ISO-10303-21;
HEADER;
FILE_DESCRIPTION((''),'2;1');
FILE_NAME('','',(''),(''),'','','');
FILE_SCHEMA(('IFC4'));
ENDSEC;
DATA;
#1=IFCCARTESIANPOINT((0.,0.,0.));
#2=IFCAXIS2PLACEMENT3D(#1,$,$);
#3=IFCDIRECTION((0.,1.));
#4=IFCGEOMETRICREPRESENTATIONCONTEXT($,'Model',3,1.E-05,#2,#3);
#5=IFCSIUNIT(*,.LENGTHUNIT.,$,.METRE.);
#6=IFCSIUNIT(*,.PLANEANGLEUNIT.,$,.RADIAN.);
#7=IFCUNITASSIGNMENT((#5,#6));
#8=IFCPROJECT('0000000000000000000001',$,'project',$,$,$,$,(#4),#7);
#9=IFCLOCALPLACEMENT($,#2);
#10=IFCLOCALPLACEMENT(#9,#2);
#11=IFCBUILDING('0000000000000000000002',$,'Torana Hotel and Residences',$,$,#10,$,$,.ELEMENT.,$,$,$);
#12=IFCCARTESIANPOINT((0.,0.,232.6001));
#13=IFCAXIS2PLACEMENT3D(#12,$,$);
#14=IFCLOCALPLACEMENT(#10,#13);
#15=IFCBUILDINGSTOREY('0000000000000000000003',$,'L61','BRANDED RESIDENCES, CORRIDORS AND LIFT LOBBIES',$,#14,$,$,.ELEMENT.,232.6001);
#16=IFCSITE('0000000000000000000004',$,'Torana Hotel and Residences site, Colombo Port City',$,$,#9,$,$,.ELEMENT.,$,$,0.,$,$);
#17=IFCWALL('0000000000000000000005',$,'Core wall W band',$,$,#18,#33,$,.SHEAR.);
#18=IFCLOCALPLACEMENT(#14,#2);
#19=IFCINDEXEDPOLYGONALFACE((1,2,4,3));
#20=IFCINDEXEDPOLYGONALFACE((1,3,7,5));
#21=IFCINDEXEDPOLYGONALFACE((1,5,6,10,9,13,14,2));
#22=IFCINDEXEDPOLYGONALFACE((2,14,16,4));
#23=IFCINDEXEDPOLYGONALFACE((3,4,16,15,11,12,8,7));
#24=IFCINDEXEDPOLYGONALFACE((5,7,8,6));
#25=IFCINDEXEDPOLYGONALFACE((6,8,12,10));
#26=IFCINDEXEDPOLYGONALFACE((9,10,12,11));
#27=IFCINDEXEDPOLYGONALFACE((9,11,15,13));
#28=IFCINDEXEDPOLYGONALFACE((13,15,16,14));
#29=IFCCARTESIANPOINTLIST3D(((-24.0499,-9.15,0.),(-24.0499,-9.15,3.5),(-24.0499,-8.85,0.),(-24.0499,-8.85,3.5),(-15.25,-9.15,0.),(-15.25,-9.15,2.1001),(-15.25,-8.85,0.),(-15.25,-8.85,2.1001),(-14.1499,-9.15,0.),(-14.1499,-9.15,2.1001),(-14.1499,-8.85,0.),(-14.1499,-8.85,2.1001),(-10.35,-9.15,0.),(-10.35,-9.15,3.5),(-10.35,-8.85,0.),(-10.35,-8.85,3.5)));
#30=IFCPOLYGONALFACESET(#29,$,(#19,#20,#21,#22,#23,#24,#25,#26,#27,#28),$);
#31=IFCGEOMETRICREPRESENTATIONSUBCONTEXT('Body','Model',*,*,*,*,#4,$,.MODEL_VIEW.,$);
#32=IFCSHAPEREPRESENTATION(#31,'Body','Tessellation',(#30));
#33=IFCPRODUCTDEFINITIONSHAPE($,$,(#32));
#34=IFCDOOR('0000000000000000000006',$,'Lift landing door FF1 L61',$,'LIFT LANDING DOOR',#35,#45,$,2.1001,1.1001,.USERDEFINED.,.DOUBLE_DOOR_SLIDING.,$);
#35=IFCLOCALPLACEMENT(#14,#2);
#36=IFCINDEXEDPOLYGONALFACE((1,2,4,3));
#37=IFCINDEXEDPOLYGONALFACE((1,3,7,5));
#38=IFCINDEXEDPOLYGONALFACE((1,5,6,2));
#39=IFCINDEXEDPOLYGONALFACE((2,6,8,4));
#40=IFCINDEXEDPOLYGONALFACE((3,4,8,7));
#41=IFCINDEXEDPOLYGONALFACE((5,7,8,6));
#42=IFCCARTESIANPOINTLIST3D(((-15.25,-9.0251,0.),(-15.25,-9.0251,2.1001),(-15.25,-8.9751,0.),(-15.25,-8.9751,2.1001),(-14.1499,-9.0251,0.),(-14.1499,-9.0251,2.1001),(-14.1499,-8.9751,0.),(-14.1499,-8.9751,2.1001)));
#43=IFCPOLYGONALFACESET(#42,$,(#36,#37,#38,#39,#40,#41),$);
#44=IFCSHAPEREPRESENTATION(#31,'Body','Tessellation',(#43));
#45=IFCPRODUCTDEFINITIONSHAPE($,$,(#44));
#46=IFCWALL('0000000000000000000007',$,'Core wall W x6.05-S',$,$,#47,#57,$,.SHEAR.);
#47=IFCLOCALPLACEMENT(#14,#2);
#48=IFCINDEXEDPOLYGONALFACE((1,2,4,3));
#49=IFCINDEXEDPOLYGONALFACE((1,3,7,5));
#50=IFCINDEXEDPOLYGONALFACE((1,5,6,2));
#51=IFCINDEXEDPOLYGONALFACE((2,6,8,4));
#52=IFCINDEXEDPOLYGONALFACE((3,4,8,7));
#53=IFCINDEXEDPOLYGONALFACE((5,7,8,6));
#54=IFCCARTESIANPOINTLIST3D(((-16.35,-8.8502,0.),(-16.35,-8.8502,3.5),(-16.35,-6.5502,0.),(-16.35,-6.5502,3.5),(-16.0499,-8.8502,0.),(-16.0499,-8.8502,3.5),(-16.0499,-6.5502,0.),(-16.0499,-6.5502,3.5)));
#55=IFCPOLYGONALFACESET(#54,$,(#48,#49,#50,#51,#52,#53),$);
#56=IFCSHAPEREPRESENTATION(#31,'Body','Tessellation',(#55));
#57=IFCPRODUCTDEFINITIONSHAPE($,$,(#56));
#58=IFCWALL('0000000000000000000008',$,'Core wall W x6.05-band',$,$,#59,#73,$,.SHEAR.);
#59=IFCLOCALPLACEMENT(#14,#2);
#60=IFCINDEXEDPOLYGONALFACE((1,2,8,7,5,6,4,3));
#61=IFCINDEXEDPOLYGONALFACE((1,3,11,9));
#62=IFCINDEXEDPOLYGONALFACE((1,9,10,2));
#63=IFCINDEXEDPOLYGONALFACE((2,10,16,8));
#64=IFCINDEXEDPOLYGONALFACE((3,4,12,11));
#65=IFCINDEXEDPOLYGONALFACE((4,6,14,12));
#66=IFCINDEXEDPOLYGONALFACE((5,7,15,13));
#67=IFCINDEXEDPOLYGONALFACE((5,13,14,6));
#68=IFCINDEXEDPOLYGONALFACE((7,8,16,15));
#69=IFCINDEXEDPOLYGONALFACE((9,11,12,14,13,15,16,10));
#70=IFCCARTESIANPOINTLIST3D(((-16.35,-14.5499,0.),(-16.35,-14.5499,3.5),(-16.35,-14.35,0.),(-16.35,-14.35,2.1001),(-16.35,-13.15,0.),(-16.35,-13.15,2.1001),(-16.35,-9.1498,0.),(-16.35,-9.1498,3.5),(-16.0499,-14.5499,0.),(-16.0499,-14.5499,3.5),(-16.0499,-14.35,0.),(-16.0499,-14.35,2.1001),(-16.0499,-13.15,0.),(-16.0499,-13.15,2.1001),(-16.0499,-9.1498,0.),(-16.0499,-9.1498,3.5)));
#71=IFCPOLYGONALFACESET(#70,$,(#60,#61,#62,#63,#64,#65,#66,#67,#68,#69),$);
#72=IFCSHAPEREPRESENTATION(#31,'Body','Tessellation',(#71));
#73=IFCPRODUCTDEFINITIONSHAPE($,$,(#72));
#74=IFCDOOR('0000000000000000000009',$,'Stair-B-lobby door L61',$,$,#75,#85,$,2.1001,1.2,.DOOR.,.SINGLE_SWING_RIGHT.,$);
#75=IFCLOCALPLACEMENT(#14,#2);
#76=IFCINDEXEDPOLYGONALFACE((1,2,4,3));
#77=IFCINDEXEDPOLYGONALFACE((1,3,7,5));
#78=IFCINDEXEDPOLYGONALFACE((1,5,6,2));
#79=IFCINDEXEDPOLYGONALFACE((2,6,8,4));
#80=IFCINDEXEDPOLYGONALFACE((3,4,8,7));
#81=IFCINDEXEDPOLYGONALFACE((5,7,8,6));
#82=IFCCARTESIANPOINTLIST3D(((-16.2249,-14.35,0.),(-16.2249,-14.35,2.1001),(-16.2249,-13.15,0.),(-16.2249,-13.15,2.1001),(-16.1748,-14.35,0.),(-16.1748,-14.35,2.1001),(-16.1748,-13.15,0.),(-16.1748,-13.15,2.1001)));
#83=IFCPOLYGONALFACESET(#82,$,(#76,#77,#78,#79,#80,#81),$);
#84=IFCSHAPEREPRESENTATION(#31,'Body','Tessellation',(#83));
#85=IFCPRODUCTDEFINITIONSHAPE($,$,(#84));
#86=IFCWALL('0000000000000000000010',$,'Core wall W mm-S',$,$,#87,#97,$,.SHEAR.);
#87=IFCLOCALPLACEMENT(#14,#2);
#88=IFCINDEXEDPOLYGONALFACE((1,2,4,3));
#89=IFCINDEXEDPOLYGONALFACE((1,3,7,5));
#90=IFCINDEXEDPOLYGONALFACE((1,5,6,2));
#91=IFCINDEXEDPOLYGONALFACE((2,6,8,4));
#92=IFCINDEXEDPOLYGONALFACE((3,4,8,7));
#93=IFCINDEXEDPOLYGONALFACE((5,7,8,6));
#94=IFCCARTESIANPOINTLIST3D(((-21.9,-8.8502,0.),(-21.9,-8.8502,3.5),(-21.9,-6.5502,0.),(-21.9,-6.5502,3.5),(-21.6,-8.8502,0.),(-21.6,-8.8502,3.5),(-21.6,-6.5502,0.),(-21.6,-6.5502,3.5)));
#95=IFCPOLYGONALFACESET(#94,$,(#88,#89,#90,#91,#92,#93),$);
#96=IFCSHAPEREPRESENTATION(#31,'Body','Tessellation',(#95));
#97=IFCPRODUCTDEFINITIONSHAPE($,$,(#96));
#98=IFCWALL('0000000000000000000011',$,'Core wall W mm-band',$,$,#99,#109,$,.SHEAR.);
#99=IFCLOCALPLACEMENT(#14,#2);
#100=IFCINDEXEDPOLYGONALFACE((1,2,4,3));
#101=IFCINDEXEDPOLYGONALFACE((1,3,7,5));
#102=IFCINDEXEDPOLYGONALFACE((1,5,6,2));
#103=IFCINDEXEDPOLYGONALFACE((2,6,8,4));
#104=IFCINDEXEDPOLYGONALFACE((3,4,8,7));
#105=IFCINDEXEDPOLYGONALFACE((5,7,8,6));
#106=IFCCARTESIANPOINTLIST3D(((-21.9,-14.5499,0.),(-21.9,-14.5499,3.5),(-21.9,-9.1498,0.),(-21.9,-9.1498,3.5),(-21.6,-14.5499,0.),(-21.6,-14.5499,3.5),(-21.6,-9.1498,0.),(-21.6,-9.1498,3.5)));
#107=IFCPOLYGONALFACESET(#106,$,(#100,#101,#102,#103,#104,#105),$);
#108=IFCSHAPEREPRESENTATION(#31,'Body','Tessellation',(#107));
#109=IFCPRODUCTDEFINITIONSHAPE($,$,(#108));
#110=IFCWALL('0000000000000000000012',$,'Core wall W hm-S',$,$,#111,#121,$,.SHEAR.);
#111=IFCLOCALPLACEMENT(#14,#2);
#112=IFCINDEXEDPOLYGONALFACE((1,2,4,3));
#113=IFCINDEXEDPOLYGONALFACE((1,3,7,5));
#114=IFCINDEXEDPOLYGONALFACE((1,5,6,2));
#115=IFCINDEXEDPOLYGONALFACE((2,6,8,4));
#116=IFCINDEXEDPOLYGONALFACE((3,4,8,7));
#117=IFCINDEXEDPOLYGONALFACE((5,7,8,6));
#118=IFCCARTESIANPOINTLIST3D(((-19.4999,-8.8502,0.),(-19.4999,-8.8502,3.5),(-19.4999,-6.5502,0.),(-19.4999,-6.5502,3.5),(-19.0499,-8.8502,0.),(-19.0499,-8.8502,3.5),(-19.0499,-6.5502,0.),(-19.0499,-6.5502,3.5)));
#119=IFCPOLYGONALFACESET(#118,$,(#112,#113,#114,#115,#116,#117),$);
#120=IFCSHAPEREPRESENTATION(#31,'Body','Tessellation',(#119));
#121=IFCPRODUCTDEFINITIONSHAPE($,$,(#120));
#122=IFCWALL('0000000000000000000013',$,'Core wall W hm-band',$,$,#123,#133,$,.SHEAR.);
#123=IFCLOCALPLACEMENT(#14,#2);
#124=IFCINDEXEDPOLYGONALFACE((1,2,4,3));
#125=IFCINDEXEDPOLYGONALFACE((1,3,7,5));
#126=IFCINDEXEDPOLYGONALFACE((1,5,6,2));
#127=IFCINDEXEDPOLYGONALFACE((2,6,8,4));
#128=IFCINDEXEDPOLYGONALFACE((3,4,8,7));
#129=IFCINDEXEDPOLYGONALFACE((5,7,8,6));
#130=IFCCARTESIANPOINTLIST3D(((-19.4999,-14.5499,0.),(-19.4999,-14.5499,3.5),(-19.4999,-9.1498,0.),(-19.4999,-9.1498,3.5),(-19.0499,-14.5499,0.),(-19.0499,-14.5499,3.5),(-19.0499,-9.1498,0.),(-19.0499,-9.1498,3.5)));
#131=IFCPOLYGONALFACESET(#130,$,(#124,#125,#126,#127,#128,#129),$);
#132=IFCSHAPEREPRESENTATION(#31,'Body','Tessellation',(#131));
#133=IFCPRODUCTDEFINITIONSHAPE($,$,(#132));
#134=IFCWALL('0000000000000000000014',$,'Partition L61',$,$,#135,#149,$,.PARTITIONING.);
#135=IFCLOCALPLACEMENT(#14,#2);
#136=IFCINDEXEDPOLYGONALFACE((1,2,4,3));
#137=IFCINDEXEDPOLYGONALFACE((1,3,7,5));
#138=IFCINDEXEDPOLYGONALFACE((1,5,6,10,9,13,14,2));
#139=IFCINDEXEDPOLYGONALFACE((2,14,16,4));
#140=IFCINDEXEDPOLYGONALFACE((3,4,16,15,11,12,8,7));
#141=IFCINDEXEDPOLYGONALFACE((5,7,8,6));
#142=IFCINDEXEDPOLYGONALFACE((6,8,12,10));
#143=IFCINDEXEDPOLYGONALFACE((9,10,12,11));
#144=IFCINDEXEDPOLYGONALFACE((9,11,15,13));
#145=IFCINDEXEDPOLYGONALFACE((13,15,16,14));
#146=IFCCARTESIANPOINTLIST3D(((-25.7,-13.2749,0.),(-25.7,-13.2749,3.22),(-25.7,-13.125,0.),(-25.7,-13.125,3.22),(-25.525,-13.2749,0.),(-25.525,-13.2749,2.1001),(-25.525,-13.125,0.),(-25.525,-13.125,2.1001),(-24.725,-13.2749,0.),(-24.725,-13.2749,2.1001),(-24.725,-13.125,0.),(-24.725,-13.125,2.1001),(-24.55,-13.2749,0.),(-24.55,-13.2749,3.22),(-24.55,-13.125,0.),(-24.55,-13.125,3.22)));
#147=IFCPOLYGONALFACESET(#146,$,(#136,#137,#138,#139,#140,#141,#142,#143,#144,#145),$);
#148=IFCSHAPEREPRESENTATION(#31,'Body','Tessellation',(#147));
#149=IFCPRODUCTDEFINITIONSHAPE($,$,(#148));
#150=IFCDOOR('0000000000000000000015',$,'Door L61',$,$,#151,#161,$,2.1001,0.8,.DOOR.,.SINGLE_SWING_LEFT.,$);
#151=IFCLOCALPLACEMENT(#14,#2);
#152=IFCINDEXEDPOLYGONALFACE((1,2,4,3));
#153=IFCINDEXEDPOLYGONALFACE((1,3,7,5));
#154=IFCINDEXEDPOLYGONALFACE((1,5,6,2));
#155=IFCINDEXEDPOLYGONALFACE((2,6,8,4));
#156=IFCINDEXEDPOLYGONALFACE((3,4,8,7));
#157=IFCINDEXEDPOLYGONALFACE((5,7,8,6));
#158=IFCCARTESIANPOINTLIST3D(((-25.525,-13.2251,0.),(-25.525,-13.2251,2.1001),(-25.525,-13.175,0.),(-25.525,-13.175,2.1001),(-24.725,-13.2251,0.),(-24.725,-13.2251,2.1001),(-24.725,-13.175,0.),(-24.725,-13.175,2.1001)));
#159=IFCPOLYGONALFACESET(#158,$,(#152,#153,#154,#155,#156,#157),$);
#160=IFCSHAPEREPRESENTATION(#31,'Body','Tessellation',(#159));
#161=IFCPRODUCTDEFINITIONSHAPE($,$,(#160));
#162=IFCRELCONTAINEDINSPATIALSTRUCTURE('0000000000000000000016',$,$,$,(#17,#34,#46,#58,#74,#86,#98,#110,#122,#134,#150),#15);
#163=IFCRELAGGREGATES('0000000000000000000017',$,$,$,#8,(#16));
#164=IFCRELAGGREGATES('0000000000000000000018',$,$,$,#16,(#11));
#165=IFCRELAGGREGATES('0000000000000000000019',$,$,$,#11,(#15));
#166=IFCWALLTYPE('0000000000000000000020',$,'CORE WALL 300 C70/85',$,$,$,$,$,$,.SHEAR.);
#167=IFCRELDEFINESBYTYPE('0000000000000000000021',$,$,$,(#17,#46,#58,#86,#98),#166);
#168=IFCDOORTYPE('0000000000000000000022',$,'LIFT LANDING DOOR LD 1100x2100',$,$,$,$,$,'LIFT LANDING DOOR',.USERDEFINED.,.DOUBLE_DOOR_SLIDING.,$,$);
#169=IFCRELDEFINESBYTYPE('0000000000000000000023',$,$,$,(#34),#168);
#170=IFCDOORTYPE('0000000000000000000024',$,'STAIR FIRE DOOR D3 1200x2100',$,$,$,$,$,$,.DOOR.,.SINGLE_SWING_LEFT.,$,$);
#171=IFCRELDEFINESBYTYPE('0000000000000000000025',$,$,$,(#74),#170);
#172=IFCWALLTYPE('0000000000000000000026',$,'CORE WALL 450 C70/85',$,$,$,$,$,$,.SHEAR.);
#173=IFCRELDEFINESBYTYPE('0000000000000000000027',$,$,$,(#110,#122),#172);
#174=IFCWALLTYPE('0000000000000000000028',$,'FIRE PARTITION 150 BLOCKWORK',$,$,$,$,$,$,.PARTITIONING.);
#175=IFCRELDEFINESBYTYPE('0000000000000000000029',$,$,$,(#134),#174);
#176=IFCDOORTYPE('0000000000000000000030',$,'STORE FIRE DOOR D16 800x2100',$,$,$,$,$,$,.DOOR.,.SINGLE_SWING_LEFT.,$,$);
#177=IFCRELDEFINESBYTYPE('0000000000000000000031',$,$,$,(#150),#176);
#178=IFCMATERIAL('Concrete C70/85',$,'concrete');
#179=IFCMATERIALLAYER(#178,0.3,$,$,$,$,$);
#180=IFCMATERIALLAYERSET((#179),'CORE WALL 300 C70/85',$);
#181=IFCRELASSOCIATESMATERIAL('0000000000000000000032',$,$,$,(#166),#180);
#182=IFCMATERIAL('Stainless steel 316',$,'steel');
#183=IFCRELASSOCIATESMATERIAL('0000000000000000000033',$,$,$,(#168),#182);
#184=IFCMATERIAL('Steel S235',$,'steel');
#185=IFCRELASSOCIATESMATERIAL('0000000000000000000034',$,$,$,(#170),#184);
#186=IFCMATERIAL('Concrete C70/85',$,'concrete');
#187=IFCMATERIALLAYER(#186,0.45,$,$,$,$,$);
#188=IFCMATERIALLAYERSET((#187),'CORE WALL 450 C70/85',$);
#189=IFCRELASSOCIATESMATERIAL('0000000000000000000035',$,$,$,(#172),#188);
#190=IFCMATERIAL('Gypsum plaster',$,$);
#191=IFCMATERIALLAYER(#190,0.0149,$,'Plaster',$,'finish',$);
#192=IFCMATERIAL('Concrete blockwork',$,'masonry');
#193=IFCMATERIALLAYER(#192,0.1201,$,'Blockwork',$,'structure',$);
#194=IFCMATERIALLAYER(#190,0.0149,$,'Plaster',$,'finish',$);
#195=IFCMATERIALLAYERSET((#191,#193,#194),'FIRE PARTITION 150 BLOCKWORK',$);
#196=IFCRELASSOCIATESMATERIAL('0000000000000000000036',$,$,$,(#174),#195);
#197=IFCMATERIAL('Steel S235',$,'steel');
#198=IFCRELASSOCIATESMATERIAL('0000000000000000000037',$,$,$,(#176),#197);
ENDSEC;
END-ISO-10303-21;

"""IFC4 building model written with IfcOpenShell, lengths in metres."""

from ifc_helpers import new_model, si_unit, direction, frame, frame_2d, origin, place, context, subcontext, project, spatial, rectangle, extrude, material, layer, layer_set, type_object, element, fill, save


model = new_model("IFC4")

# Units and contexts
model_context = context("Model", 3, precision=1e-05, world=origin(), true_north=direction((0.0, 1.0)))
body_context = subcontext(model_context, "Body", "Model", "MODEL_VIEW")
ifc_project = project(units=[si_unit("LENGTHUNIT", "METRE"), si_unit("PLANEANGLEUNIT", "RADIAN")], contexts=[model_context])

# Site, building, storey
site_placement = place(None, origin())
site = spatial("IfcSite", under=ifc_project, at=site_placement, Name="Torana Hotel and Residences site, Colombo Port City", CompositionType="ELEMENT", RefElevation=0.0)
building_placement = place(site_placement, origin())
building = spatial("IfcBuilding", under=site, at=building_placement, Name="Torana Hotel and Residences", CompositionType="ELEMENT")
storey_placement = place(building_placement, frame((0.0, 0.0, 232.6001)))
storey = spatial("IfcBuildingStorey", under=building, at=storey_placement, Name="L61", Description="BRANDED RESIDENCES, CORRIDORS AND LIFT LOBBIES", CompositionType="ELEMENT", Elevation=232.6001)

# Wall, opening, door
ifc_material_1 = material(Name="Concrete C70/85", Category="concrete")
ifc_layer_1 = layer(ifc_material_1, 0.3)
ifc_layer_set_1 = layer_set([ifc_layer_1], Name="CORE WALL 300 C70/85")
wall_type_1 = type_object("IfcWallType", Name="CORE WALL 300 C70/85", PredefinedType="SHEAR", material=ifc_layer_set_1)
wall_1_placement = place(storey_placement, frame((-24.05, -9.0, 0.0), z_axis=(0.0, 0.0, 1.0), x_axis=(1.0, 0.0, 0.0)))
wall_1 = element("IfcWall", 1, at=wall_1_placement, inside=storey, type_object=wall_type_1, Name="Core wall W band", PredefinedType="SHEAR", context=body_context, shape_type="SweptSolid", body=[
    extrude(rectangle(XDim=13.7, YDim=0.3, at=frame_2d((6.8501, 0.0))), origin(), (0.0, 0.0, 1.0), 3.5),
])
opening_1_placement = place(wall_1_placement, frame((8.8, 0.0, 0.0)))
opening_1 = element("IfcOpeningElement", 2, at=opening_1_placement, cuts=wall_1, PredefinedType="OPENING", context=body_context, shape_type="SweptSolid", body=[
    extrude(rectangle(XDim=1.1001, YDim=2.1001, at=frame_2d((0.55, 1.05))), frame((0.0, 0.1599, 0.0), z_axis=(0.0, -1.0, 0.0), x_axis=(1.0, 0.0, 0.0)), (0.0, 0.0, 1.0), 0.3201),
])
ifc_material_2 = material(Name="Stainless steel 316", Category="steel")
door_type_1 = type_object("IfcDoorType", Name="LIFT LANDING DOOR LD 1100x2100", ElementType="LIFT LANDING DOOR", OperationType="DOUBLE_DOOR_SLIDING", PredefinedType="USERDEFINED", material=ifc_material_2)
door_1_placement = place(opening_1_placement, origin())
door_1 = element("IfcDoor", 3, at=door_1_placement, inside=storey, type_object=door_type_1, Name="Lift landing door FF1 L61", ObjectType="LIFT LANDING DOOR", OperationType="DOUBLE_DOOR_SLIDING", OverallHeight=2.1001, OverallWidth=1.1001, PredefinedType="USERDEFINED", context=body_context, shape_type="SweptSolid", body=[
    extrude(rectangle(XDim=1.1001, YDim=2.1001, at=frame_2d((0.55, 1.05))), frame((0.0, 0.0249, 0.0), z_axis=(0.0, -1.0, 0.0), x_axis=(1.0, 0.0, 0.0)), (0.0, 0.0, 1.0), 0.05),
])
fill(opening_1, door_1)

# Wall
wall_2_placement = place(storey_placement, frame((-16.2, -8.8501, 0.0), z_axis=(0.0, 0.0, 1.0), x_axis=(0.0, 1.0, 0.0)))
element("IfcWall", 4, at=wall_2_placement, inside=storey, type_object=wall_type_1, Name="Core wall W x6.05-S", PredefinedType="SHEAR", context=body_context, shape_type="SweptSolid", body=[
    extrude(rectangle(XDim=2.3, YDim=0.3, at=frame_2d((1.1499, 0.0))), origin(), (0.0, 0.0, 1.0), 3.5),
])

# Wall, opening, door
wall_3_placement = place(storey_placement, frame((-16.2, -14.55, 0.0), z_axis=(0.0, 0.0, 1.0), x_axis=(0.0, 1.0, 0.0)))
wall_3 = element("IfcWall", 5, at=wall_3_placement, inside=storey, type_object=wall_type_1, Name="Core wall W x6.05-band", PredefinedType="SHEAR", context=body_context, shape_type="SweptSolid", body=[
    extrude(rectangle(XDim=5.4001, YDim=0.3, at=frame_2d((2.7002, 0.0))), origin(), (0.0, 0.0, 1.0), 3.5),
])
opening_2_placement = place(wall_3_placement, frame((0.2, 0.0, 0.0)))
opening_2 = element("IfcOpeningElement", 6, at=opening_2_placement, cuts=wall_3, PredefinedType="OPENING", context=body_context, shape_type="SweptSolid", body=[
    extrude(rectangle(XDim=1.2, YDim=2.1001, at=frame_2d((0.6001, 1.05))), frame((0.0, 0.1599, 0.0), z_axis=(0.0, -1.0, 0.0), x_axis=(1.0, 0.0, 0.0)), (0.0, 0.0, 1.0), 0.3201),
])
ifc_material_3 = material(Name="Steel S235", Category="steel")
door_type_2 = type_object("IfcDoorType", Name="STAIR FIRE DOOR D3 1200x2100", OperationType="SINGLE_SWING_LEFT", PredefinedType="DOOR", material=ifc_material_3)
door_2_placement = place(opening_2_placement, origin())
door_2 = element("IfcDoor", 7, at=door_2_placement, inside=storey, type_object=door_type_2, Name="Stair-B-lobby door L61", OperationType="SINGLE_SWING_RIGHT", OverallHeight=2.1001, OverallWidth=1.2, PredefinedType="DOOR", context=body_context, shape_type="SweptSolid", body=[
    extrude(rectangle(XDim=1.2, YDim=2.1001, at=frame_2d((0.6001, 1.05))), frame((0.0, 0.0249, 0.0), z_axis=(0.0, -1.0, 0.0), x_axis=(1.0, 0.0, 0.0)), (0.0, 0.0, 1.0), 0.05),
])
fill(opening_2, door_2)

# Walls
wall_4_placement = place(storey_placement, frame((-21.75, -8.8501, 0.0), z_axis=(0.0, 0.0, 1.0), x_axis=(0.0, 1.0, 0.0)))
element("IfcWall", 8, at=wall_4_placement, inside=storey, type_object=wall_type_1, Name="Core wall W mm-S", PredefinedType="SHEAR", context=body_context, shape_type="SweptSolid", body=[
    extrude(rectangle(XDim=2.3, YDim=0.3, at=frame_2d((1.1499, 0.0))), origin(), (0.0, 0.0, 1.0), 3.5),
])
wall_5_placement = place(storey_placement, frame((-21.75, -14.55, 0.0), z_axis=(0.0, 0.0, 1.0), x_axis=(0.0, 1.0, 0.0)))
element("IfcWall", 9, at=wall_5_placement, inside=storey, type_object=wall_type_1, Name="Core wall W mm-band", PredefinedType="SHEAR", context=body_context, shape_type="SweptSolid", body=[
    extrude(rectangle(XDim=5.4001, YDim=0.3, at=frame_2d((2.7002, 0.0))), origin(), (0.0, 0.0, 1.0), 3.5),
])
ifc_material_4 = material(Name="Concrete C70/85", Category="concrete")
ifc_layer_2 = layer(ifc_material_4, 0.45)
ifc_layer_set_2 = layer_set([ifc_layer_2], Name="CORE WALL 450 C70/85")
wall_type_2 = type_object("IfcWallType", Name="CORE WALL 450 C70/85", PredefinedType="SHEAR", material=ifc_layer_set_2)
wall_6_placement = place(storey_placement, frame((-19.2749, -8.8501, 0.0), z_axis=(0.0, 0.0, 1.0), x_axis=(0.0, 1.0, 0.0)))
element("IfcWall", 10, at=wall_6_placement, inside=storey, type_object=wall_type_2, Name="Core wall W hm-S", PredefinedType="SHEAR", context=body_context, shape_type="SweptSolid", body=[
    extrude(rectangle(XDim=2.3, YDim=0.45, at=frame_2d((1.1499, 0.0))), origin(), (0.0, 0.0, 1.0), 3.5),
])
wall_7_placement = place(storey_placement, frame((-19.2749, -14.55, 0.0), z_axis=(0.0, 0.0, 1.0), x_axis=(0.0, 1.0, 0.0)))
element("IfcWall", 11, at=wall_7_placement, inside=storey, type_object=wall_type_2, Name="Core wall W hm-band", PredefinedType="SHEAR", context=body_context, shape_type="SweptSolid", body=[
    extrude(rectangle(XDim=5.4001, YDim=0.45, at=frame_2d((2.7002, 0.0))), origin(), (0.0, 0.0, 1.0), 3.5),
])

# Wall, opening, door
ifc_material_5 = material(Name="Gypsum plaster")
ifc_layer_3 = layer(ifc_material_5, 0.0149, Name="Plaster", Category="finish")
ifc_material_6 = material(Name="Concrete blockwork", Category="masonry")
ifc_layer_4 = layer(ifc_material_6, 0.1201, Name="Blockwork", Category="structure")
ifc_layer_5 = layer(ifc_material_5, 0.0149, Name="Plaster", Category="finish")
ifc_layer_set_3 = layer_set([ifc_layer_3, ifc_layer_4, ifc_layer_5], Name="FIRE PARTITION 150 BLOCKWORK")
wall_type_3 = type_object("IfcWallType", Name="FIRE PARTITION 150 BLOCKWORK", PredefinedType="PARTITIONING", material=ifc_layer_set_3)
wall_8_placement = place(storey_placement, frame((-25.7, -13.2, 0.0), z_axis=(0.0, 0.0, 1.0), x_axis=(1.0, 0.0, 0.0)))
wall_8 = element("IfcWall", 12, at=wall_8_placement, inside=storey, type_object=wall_type_3, Name="Partition L61", PredefinedType="PARTITIONING", context=body_context, shape_type="SweptSolid", body=[
    extrude(rectangle(XDim=1.1499, YDim=0.1499, at=frame_2d((0.575, 0.0))), origin(), (0.0, 0.0, 1.0), 3.22),
])
opening_3_placement = place(wall_8_placement, frame((0.175, 0.0, 0.0)))
opening_3 = element("IfcOpeningElement", 13, at=opening_3_placement, cuts=wall_8, PredefinedType="OPENING", context=body_context, shape_type="SweptSolid", body=[
    extrude(rectangle(XDim=0.8, YDim=2.1001, at=frame_2d((0.3999, 1.05))), frame((0.0, 0.085, 0.0), z_axis=(0.0, -1.0, 0.0), x_axis=(1.0, 0.0, 0.0)), (0.0, 0.0, 1.0), 0.1699),
])
ifc_material_7 = material(Name="Steel S235", Category="steel")
door_type_3 = type_object("IfcDoorType", Name="STORE FIRE DOOR D16 800x2100", OperationType="SINGLE_SWING_LEFT", PredefinedType="DOOR", material=ifc_material_7)
door_3_placement = place(opening_3_placement, origin())
door_3 = element("IfcDoor", 14, at=door_3_placement, inside=storey, type_object=door_type_3, Name="Door L61", OperationType="SINGLE_SWING_LEFT", OverallHeight=2.1001, OverallWidth=0.8, PredefinedType="DOOR", context=body_context, shape_type="SweptSolid", body=[
    extrude(rectangle(XDim=0.8, YDim=2.1001, at=frame_2d((0.3999, 1.05))), frame((0.0, 0.0249, 0.0), z_axis=(0.0, -1.0, 0.0), x_axis=(1.0, 0.0, 0.0)), (0.0, 0.0, 1.0), 0.05),
])
fill(opening_3, door_3)

save(model, "model.ifc")
